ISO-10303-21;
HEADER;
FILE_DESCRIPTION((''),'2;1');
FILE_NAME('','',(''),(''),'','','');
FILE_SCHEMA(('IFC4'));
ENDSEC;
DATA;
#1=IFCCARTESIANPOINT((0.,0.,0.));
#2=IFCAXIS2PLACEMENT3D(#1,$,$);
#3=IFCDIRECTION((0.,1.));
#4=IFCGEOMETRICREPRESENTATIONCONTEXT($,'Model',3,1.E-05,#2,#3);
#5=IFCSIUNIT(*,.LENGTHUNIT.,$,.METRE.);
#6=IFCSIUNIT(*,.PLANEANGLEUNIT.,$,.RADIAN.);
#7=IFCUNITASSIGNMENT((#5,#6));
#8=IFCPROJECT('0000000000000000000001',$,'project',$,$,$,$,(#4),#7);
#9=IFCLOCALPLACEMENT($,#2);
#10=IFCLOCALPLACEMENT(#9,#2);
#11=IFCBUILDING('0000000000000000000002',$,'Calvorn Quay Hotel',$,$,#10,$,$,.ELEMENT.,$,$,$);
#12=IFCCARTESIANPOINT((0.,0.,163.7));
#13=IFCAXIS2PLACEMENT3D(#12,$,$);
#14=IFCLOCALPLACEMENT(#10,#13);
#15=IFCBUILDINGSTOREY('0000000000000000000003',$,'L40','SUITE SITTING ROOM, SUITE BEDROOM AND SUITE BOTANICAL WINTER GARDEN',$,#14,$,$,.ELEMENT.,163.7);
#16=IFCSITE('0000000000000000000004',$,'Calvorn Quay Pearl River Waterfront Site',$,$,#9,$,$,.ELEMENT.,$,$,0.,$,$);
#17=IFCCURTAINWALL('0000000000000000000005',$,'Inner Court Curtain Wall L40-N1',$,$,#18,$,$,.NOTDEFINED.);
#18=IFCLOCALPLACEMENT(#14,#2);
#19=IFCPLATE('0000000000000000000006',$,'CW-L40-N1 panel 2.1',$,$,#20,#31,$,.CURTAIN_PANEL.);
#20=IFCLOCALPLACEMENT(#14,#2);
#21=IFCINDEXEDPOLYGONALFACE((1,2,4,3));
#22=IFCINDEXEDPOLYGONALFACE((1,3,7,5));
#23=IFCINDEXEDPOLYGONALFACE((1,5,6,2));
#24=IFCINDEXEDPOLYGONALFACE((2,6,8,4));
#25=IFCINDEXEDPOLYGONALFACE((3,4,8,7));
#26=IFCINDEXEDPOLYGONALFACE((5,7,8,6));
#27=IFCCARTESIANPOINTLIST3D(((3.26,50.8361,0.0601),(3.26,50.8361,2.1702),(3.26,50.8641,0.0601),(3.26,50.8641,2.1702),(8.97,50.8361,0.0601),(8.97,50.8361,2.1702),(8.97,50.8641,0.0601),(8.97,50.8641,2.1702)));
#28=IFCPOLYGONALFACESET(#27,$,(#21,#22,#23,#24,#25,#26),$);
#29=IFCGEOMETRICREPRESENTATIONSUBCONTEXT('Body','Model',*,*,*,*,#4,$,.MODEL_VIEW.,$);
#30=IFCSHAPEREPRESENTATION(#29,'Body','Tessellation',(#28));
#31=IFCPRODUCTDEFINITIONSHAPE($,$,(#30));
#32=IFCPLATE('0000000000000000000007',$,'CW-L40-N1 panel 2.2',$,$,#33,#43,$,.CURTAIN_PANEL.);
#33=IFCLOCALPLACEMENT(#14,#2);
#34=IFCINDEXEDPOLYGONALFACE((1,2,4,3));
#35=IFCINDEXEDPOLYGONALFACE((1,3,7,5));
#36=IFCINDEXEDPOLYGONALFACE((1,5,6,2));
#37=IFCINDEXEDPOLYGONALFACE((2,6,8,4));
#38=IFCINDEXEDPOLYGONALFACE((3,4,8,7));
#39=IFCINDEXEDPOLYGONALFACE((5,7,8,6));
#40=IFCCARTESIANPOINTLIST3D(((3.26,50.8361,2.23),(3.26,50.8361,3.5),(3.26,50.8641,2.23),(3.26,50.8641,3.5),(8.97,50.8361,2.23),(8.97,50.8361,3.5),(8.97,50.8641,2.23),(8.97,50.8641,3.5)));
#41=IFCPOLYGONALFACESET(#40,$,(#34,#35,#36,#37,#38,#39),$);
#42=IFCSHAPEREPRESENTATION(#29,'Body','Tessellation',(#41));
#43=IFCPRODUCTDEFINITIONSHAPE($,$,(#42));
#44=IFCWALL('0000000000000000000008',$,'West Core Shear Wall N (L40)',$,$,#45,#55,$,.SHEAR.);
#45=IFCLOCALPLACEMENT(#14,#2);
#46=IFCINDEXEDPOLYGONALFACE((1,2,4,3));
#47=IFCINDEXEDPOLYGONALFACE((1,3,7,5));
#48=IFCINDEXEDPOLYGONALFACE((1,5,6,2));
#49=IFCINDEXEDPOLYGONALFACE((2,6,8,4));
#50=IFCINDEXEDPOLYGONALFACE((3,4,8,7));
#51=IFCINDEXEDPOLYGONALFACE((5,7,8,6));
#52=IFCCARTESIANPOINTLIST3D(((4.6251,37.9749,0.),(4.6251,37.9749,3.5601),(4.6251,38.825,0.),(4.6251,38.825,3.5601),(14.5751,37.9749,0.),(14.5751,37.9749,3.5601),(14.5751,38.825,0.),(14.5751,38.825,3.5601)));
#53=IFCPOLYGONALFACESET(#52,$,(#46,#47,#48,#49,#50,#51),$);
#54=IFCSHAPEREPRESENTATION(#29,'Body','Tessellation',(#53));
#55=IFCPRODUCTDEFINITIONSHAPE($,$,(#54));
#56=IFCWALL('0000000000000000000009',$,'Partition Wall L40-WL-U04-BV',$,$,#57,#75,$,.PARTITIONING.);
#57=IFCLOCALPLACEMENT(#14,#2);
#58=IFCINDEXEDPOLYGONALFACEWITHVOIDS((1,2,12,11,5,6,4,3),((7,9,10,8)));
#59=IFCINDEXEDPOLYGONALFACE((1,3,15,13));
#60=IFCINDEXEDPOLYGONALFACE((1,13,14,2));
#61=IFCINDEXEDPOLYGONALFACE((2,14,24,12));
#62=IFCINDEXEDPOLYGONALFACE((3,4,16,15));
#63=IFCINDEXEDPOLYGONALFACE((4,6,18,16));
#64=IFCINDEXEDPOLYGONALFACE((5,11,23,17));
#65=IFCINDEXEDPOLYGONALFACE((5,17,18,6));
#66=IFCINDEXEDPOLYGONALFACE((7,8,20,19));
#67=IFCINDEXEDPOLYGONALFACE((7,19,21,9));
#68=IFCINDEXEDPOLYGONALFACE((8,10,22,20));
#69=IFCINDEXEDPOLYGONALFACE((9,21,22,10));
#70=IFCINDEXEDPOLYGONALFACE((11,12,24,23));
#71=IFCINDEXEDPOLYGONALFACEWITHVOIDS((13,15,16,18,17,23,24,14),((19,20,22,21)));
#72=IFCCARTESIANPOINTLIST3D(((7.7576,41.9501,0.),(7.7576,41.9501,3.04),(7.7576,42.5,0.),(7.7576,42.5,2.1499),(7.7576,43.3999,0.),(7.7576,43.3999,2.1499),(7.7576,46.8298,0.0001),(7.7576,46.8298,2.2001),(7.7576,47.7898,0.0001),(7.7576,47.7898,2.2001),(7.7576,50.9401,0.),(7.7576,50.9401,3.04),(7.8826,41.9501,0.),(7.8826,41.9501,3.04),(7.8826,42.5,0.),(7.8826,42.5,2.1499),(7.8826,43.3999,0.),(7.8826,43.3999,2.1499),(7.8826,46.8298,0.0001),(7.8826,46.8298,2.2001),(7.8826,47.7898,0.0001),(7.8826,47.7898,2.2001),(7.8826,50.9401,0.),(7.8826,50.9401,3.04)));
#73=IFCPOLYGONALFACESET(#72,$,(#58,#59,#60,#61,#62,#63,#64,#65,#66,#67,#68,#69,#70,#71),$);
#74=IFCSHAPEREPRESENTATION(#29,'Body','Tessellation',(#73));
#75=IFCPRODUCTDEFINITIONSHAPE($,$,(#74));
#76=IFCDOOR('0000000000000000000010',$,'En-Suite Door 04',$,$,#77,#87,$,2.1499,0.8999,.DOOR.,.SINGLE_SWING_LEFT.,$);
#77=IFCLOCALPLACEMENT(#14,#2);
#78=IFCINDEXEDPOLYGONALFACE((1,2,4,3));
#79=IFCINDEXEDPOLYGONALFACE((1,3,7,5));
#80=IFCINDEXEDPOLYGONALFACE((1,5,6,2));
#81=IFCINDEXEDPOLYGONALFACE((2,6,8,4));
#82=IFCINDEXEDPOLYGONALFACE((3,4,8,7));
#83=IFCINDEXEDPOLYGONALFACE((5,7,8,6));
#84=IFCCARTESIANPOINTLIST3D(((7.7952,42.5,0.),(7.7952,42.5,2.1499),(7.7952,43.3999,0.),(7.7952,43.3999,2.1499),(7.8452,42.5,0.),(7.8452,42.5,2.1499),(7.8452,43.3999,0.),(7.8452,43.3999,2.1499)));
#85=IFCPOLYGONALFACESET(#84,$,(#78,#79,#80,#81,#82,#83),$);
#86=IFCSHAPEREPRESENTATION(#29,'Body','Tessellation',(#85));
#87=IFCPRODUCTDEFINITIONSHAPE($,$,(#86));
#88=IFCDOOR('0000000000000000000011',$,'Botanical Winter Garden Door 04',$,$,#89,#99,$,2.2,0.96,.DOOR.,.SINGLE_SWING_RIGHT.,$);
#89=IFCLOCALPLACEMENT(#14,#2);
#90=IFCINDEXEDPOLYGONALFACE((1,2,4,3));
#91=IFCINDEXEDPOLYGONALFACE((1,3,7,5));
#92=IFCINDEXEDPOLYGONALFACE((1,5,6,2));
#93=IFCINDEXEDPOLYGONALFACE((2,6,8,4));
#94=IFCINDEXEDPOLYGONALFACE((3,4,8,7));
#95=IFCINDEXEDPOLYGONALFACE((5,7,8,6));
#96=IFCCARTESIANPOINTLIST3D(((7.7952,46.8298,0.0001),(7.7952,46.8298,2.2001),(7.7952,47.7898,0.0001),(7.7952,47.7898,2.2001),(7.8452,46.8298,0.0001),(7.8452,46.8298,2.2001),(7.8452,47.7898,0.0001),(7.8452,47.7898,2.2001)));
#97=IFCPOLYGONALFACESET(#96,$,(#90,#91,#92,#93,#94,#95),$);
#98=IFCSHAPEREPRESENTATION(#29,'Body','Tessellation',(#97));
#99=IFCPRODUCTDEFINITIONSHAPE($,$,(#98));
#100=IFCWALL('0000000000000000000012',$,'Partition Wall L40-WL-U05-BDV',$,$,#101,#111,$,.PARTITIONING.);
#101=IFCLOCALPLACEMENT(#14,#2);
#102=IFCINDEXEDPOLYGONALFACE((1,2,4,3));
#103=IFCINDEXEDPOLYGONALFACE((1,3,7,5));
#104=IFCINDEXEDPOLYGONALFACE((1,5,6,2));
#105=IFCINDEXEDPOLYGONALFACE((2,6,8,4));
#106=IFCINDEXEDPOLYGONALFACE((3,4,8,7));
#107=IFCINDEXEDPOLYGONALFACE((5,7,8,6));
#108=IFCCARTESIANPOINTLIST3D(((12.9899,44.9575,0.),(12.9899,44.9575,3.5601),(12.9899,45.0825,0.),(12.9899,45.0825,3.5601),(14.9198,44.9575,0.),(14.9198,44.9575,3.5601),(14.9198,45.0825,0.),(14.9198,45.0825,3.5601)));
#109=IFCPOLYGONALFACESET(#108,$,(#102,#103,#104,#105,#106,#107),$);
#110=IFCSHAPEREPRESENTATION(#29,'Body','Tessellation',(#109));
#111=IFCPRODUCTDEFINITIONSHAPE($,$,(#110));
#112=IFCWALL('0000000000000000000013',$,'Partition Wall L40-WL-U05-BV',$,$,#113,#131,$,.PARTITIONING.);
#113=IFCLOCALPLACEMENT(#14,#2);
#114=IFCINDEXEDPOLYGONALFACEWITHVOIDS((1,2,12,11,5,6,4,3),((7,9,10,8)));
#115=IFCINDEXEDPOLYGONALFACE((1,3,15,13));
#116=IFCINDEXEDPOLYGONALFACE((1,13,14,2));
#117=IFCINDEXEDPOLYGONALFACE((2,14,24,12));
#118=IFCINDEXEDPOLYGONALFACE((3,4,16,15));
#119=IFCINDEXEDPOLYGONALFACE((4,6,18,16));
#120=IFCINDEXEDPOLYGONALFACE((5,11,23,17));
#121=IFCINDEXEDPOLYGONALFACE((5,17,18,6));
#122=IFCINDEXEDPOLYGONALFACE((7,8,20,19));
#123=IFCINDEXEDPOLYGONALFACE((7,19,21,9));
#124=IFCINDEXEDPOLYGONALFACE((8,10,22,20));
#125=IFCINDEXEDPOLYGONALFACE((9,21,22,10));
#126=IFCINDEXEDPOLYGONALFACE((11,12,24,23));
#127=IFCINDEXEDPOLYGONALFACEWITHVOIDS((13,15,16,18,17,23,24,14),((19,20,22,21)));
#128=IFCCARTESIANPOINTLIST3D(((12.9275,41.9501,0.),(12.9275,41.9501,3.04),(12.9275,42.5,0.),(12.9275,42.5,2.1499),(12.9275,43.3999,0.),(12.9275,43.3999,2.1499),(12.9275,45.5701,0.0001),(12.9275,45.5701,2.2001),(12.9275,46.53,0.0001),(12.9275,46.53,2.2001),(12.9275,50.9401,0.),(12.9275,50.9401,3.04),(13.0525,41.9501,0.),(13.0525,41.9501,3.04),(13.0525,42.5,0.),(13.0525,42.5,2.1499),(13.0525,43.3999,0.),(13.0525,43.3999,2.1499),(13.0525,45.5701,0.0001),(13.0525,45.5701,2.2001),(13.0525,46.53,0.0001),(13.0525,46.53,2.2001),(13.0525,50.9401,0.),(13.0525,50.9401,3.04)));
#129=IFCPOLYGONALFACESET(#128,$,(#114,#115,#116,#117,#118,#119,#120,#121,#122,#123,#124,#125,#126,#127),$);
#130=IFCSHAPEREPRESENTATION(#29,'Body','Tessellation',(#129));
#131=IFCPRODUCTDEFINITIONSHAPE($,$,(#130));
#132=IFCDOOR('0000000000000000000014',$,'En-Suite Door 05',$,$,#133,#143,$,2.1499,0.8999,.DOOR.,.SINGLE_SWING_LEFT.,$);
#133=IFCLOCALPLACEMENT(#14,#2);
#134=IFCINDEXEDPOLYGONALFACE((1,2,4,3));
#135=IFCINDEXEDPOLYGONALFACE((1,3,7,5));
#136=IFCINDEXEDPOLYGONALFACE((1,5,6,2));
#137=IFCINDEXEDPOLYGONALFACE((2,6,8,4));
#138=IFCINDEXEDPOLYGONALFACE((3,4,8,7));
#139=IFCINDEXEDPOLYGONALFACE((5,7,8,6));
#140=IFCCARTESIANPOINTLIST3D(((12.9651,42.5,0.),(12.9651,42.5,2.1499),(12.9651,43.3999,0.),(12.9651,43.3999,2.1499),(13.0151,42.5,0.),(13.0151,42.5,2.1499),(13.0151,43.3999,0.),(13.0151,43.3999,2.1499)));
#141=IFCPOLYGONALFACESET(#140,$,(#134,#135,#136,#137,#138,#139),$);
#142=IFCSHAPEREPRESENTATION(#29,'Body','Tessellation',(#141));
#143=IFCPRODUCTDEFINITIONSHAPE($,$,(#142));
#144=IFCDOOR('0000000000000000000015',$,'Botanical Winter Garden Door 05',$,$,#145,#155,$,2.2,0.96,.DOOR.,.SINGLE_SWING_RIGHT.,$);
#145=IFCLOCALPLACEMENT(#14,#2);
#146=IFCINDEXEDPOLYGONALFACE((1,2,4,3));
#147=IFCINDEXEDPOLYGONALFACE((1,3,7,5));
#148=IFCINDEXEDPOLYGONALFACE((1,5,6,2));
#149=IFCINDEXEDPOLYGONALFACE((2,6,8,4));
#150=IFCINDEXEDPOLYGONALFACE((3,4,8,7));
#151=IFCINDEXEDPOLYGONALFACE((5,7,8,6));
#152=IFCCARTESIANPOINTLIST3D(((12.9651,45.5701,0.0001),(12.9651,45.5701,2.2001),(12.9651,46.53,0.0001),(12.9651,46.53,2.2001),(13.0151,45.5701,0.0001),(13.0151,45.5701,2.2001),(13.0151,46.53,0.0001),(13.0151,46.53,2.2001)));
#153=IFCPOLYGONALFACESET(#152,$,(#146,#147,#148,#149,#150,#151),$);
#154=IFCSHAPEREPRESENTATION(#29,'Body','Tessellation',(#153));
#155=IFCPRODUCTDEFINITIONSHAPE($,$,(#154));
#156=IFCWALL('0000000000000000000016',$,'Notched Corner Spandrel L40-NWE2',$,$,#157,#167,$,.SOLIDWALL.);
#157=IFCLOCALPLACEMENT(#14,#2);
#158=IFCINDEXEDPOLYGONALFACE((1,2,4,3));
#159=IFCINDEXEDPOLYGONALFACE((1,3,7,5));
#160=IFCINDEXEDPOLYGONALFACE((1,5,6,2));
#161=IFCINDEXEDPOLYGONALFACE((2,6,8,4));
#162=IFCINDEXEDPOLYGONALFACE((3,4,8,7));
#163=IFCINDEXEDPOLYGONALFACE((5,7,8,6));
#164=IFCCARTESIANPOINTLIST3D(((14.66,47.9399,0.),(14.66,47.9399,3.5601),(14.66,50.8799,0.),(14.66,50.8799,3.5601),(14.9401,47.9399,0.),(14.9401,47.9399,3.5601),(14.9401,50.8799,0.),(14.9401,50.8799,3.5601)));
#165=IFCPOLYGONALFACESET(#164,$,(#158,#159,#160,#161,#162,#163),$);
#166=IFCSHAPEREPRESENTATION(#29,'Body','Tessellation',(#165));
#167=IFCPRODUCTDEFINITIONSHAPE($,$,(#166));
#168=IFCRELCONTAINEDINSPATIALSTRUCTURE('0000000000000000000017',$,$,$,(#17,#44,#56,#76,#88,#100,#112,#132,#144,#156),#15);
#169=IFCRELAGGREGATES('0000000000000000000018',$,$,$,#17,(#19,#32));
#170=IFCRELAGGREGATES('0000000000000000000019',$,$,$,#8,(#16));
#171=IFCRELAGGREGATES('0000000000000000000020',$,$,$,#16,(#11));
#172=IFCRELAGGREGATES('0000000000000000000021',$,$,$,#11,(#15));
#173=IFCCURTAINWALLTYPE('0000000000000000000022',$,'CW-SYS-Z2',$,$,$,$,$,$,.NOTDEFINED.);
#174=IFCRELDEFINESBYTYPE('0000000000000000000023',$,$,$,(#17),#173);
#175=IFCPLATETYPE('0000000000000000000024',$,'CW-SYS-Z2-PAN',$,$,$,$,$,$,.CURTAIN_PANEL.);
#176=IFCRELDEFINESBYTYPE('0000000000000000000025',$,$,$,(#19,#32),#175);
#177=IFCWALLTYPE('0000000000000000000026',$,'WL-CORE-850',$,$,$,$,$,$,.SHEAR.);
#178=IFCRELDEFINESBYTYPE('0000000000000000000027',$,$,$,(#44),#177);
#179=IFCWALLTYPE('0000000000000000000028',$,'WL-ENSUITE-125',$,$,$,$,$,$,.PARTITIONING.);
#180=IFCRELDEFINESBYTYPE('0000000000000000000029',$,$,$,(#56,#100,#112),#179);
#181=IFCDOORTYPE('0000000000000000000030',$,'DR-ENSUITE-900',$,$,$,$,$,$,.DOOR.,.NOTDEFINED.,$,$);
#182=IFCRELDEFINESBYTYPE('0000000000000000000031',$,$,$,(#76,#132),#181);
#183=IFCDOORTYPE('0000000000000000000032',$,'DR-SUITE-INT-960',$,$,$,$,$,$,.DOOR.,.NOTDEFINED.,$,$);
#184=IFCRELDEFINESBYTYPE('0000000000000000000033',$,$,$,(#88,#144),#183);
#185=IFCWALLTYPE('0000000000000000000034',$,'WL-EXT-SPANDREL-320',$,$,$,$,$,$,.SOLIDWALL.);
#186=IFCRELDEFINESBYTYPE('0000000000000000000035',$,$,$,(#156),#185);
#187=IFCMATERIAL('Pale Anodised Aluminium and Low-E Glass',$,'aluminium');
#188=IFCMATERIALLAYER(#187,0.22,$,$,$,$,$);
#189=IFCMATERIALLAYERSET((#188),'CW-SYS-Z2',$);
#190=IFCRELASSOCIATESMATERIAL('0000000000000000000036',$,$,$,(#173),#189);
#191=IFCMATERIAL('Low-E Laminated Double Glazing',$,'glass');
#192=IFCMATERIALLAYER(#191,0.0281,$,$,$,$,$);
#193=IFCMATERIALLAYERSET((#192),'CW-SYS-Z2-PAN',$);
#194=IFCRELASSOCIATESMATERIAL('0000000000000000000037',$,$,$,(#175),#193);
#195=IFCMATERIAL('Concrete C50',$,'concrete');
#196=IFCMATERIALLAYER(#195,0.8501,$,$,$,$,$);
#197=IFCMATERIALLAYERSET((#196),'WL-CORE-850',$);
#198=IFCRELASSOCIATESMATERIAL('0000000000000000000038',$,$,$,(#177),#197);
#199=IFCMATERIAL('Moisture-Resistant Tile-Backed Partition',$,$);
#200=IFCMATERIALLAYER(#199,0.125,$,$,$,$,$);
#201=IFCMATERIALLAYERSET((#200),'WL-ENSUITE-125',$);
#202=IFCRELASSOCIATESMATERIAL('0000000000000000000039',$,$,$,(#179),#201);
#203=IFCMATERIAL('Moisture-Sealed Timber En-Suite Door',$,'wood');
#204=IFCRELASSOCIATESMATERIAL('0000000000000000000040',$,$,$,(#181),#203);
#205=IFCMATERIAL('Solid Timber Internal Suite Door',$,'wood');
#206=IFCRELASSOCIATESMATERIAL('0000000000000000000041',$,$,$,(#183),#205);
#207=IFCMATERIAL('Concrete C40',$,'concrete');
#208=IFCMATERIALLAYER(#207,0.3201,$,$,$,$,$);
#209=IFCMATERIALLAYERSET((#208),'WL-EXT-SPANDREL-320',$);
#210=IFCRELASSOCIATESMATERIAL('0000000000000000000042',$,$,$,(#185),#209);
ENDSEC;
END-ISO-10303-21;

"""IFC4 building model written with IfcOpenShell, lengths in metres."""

from ifc_helpers import new_model, si_unit, direction, frame, frame_2d, origin, origin_2d, place, context, subcontext, project, spatial, rectangle, extrude, material, layer, layer_set, type_object, element, fill, aggregate, save


model = new_model("IFC4")

# Units and contexts
model_context = context("Model", 3, precision=1e-05, world=origin(), true_north=direction((0.0, 1.0)))
body_context = subcontext(model_context, "Body", "Model", "MODEL_VIEW")
ifc_project = project(units=[si_unit("LENGTHUNIT", "METRE"), si_unit("PLANEANGLEUNIT", "RADIAN")], contexts=[model_context])

# Site, building, storey
site_placement = place(None, origin())
site = spatial("IfcSite", under=ifc_project, at=site_placement, Name="Calvorn Quay Pearl River Waterfront Site", CompositionType="ELEMENT", RefElevation=0.0)
building_placement = place(site_placement, origin())
building = spatial("IfcBuilding", under=site, at=building_placement, Name="Calvorn Quay Hotel", CompositionType="ELEMENT")
storey_placement = place(building_placement, frame((0.0, 0.0, 163.7)))
storey = spatial("IfcBuildingStorey", under=building, at=storey_placement, Name="L40", Description="SUITE SITTING ROOM, SUITE BEDROOM AND SUITE BOTANICAL WINTER GARDEN", CompositionType="ELEMENT", Elevation=163.7)

# Curtain wall, plates
ifc_material_1 = material(Name="Pale Anodised Aluminium and Low-E Glass", Category="aluminium")
ifc_layer_1 = layer(ifc_material_1, 0.22)
ifc_layer_set_1 = layer_set([ifc_layer_1], Name="CW-SYS-Z2")
curtain_wall_type = type_object("IfcCurtainWallType", Name="CW-SYS-Z2", PredefinedType="NOTDEFINED", material=ifc_layer_set_1)
curtain_wall_placement = place(storey_placement, origin())
curtain_wall = element("IfcCurtainWall", 1, at=curtain_wall_placement, inside=storey, type_object=curtain_wall_type, Name="Inner Court Curtain Wall L40-N1", PredefinedType="NOTDEFINED")
ifc_material_2 = material(Name="Low-E Laminated Double Glazing", Category="glass")
ifc_layer_2 = layer(ifc_material_2, 0.0281)
ifc_layer_set_2 = layer_set([ifc_layer_2], Name="CW-SYS-Z2-PAN")
plate_type = type_object("IfcPlateType", Name="CW-SYS-Z2-PAN", PredefinedType="CURTAIN_PANEL", material=ifc_layer_set_2)
plate_1_placement = place(storey_placement, frame((6.115, 50.8501, 0.0601), z_axis=(0.0, 0.0, 1.0), x_axis=(-1.0, 0.0, 0.0)))
plate_1 = element("IfcPlate", 2, at=plate_1_placement, type_object=plate_type, Name="CW-L40-N1 panel 2.1", PredefinedType="CURTAIN_PANEL", context=body_context, shape_type="SweptSolid", body=[
    extrude(rectangle(XDim=5.71, YDim=0.0281, at=origin_2d()), origin(), (0.0, 0.0, 1.0), 2.1101),
])
plate_2_placement = place(storey_placement, frame((6.115, 50.8501, 2.23), z_axis=(0.0, 0.0, 1.0), x_axis=(-1.0, 0.0, 0.0)))
plate_2 = element("IfcPlate", 3, at=plate_2_placement, type_object=plate_type, Name="CW-L40-N1 panel 2.2", PredefinedType="CURTAIN_PANEL", context=body_context, shape_type="SweptSolid", body=[
    extrude(rectangle(XDim=5.71, YDim=0.0281, at=origin_2d()), origin(), (0.0, 0.0, 1.0), 1.27),
])
aggregate(curtain_wall, [plate_1, plate_2])

# Wall
ifc_material_3 = material(Name="Concrete C50", Category="concrete")
ifc_layer_3 = layer(ifc_material_3, 0.8501)
ifc_layer_set_3 = layer_set([ifc_layer_3], Name="WL-CORE-850")
wall_type_1 = type_object("IfcWallType", Name="WL-CORE-850", PredefinedType="SHEAR", material=ifc_layer_set_3)
wall_1_placement = place(storey_placement, frame((4.625, 38.3999, 0.0), z_axis=(0.0, 0.0, 1.0), x_axis=(1.0, 0.0, 0.0)))
element("IfcWall", 4, at=wall_1_placement, inside=storey, type_object=wall_type_1, Name="West Core Shear Wall N (L40)", PredefinedType="SHEAR", context=body_context, shape_type="SweptSolid", body=[
    extrude(rectangle(XDim=9.95, YDim=0.8501, at=frame_2d((4.9751, 0.0))), origin(), (0.0, 0.0, 1.0), 3.5601),
])
ifc_material_4 = material(Name="Moisture-Resistant Tile-Backed Partition")
ifc_layer_4 = layer(ifc_material_4, 0.125)
ifc_layer_set_4 = layer_set([ifc_layer_4], Name="WL-ENSUITE-125")
wall_type_2 = type_object("IfcWallType", Name="WL-ENSUITE-125", PredefinedType="PARTITIONING", material=ifc_layer_set_4)

# Wall, openings, doors
wall_2_placement = place(storey_placement, frame((7.8201, 41.95, 0.0), z_axis=(0.0, 0.0, 1.0), x_axis=(0.0, 1.0, 0.0)))
wall_2 = element("IfcWall", 5, at=wall_2_placement, inside=storey, type_object=wall_type_2, Name="Partition Wall L40-WL-U04-BV", PredefinedType="PARTITIONING", context=body_context, shape_type="SweptSolid", body=[
    extrude(rectangle(XDim=8.99, YDim=0.125, at=frame_2d((4.4951, 0.0))), origin(), (0.0, 0.0, 1.0), 3.04),
])
opening_1_placement = place(wall_2_placement, frame((0.55, 0.0, 0.0)))
opening_1 = element("IfcOpeningElement", 6, at=opening_1_placement, cuts=wall_2, PredefinedType="OPENING", context=body_context, shape_type="SweptSolid", body=[
    extrude(rectangle(XDim=0.8999, YDim=2.1499, at=frame_2d((0.45, 1.075))), frame((0.0, 0.0725, 0.0), z_axis=(0.0, -1.0, 0.0), x_axis=(1.0, 0.0, 0.0)), (0.0, 0.0, 1.0), 0.145),
])
opening_2_placement = place(wall_2_placement, frame((4.8799, 0.0, 0.0)))
opening_2 = element("IfcOpeningElement", 7, at=opening_2_placement, cuts=wall_2, PredefinedType="OPENING", context=body_context, shape_type="SweptSolid", body=[
    extrude(rectangle(XDim=0.96, YDim=2.2, at=frame_2d((0.48, 1.1001))), frame((0.0, 0.0725, 0.0), z_axis=(0.0, -1.0, 0.0), x_axis=(1.0, 0.0, 0.0)), (0.0, 0.0, 1.0), 0.145),
])
ifc_material_5 = material(Name="Moisture-Sealed Timber En-Suite Door", Category="wood")
door_type_1 = type_object("IfcDoorType", Name="DR-ENSUITE-900", OperationType="NOTDEFINED", PredefinedType="DOOR", material=ifc_material_5)
door_1_placement = place(opening_1_placement, origin())
door_1 = element("IfcDoor", 8, at=door_1_placement, inside=storey, type_object=door_type_1, Name="En-Suite Door 04", OperationType="SINGLE_SWING_LEFT", OverallHeight=2.1499, OverallWidth=0.8999, PredefinedType="DOOR", context=body_context, shape_type="SweptSolid", body=[
    extrude(rectangle(XDim=0.8999, YDim=2.1499, at=frame_2d((0.45, 1.075))), frame((0.0, 0.0249, 0.0), z_axis=(0.0, -1.0, 0.0), x_axis=(1.0, 0.0, 0.0)), (0.0, 0.0, 1.0), 0.05),
])
fill(opening_1, door_1)
ifc_material_6 = material(Name="Solid Timber Internal Suite Door", Category="wood")
door_type_2 = type_object("IfcDoorType", Name="DR-SUITE-INT-960", OperationType="NOTDEFINED", PredefinedType="DOOR", material=ifc_material_6)
door_2_placement = place(opening_2_placement, origin())
door_2 = element("IfcDoor", 9, at=door_2_placement, inside=storey, type_object=door_type_2, Name="Botanical Winter Garden Door 04", OperationType="SINGLE_SWING_RIGHT", OverallHeight=2.2, OverallWidth=0.96, PredefinedType="DOOR", context=body_context, shape_type="SweptSolid", body=[
    extrude(rectangle(XDim=0.96, YDim=2.2, at=frame_2d((0.48, 1.1001))), frame((0.0, 0.0249, 0.0), z_axis=(0.0, -1.0, 0.0), x_axis=(1.0, 0.0, 0.0)), (0.0, 0.0, 1.0), 0.05),
])
fill(opening_2, door_2)

# Wall
wall_3_placement = place(storey_placement, frame((12.99, 45.02, 0.0), z_axis=(0.0, 0.0, 1.0), x_axis=(1.0, 0.0, 0.0)))
element("IfcWall", 10, at=wall_3_placement, inside=storey, type_object=wall_type_2, Name="Partition Wall L40-WL-U05-BDV", PredefinedType="PARTITIONING", context=body_context, shape_type="SweptSolid", body=[
    extrude(rectangle(XDim=1.9299, YDim=0.125, at=frame_2d((0.9648, 0.0))), origin(), (0.0, 0.0, 1.0), 3.5601),
])

# Wall, openings, doors
wall_4_placement = place(storey_placement, frame((12.99, 41.95, 0.0), z_axis=(0.0, 0.0, 1.0), x_axis=(0.0, 1.0, 0.0)))
wall_4 = element("IfcWall", 11, at=wall_4_placement, inside=storey, type_object=wall_type_2, Name="Partition Wall L40-WL-U05-BV", PredefinedType="PARTITIONING", context=body_context, shape_type="SweptSolid", body=[
    extrude(rectangle(XDim=8.99, YDim=0.125, at=frame_2d((4.4951, 0.0))), origin(), (0.0, 0.0, 1.0), 3.04),
])
opening_3_placement = place(wall_4_placement, frame((0.55, 0.0, 0.0)))
opening_3 = element("IfcOpeningElement", 12, at=opening_3_placement, cuts=wall_4, PredefinedType="OPENING", context=body_context, shape_type="SweptSolid", body=[
    extrude(rectangle(XDim=0.8999, YDim=2.1499, at=frame_2d((0.45, 1.075))), frame((0.0, 0.0725, 0.0), z_axis=(0.0, -1.0, 0.0), x_axis=(1.0, 0.0, 0.0)), (0.0, 0.0, 1.0), 0.145),
])
opening_4_placement = place(wall_4_placement, frame((3.6201, 0.0, 0.0)))
opening_4 = element("IfcOpeningElement", 13, at=opening_4_placement, cuts=wall_4, PredefinedType="OPENING", context=body_context, shape_type="SweptSolid", body=[
    extrude(rectangle(XDim=0.96, YDim=2.2, at=frame_2d((0.48, 1.1001))), frame((0.0, 0.0725, 0.0), z_axis=(0.0, -1.0, 0.0), x_axis=(1.0, 0.0, 0.0)), (0.0, 0.0, 1.0), 0.145),
])
door_3_placement = place(opening_3_placement, origin())
door_3 = element("IfcDoor", 14, at=door_3_placement, inside=storey, type_object=door_type_1, Name="En-Suite Door 05", OperationType="SINGLE_SWING_LEFT", OverallHeight=2.1499, OverallWidth=0.8999, PredefinedType="DOOR", context=body_context, shape_type="SweptSolid", body=[
    extrude(rectangle(XDim=0.8999, YDim=2.1499, at=frame_2d((0.45, 1.075))), frame((0.0, 0.0249, 0.0), z_axis=(0.0, -1.0, 0.0), x_axis=(1.0, 0.0, 0.0)), (0.0, 0.0, 1.0), 0.05),
])
fill(opening_3, door_3)
door_4_placement = place(opening_4_placement, origin())
door_4 = element("IfcDoor", 15, at=door_4_placement, inside=storey, type_object=door_type_2, Name="Botanical Winter Garden Door 05", OperationType="SINGLE_SWING_RIGHT", OverallHeight=2.2, OverallWidth=0.96, PredefinedType="DOOR", context=body_context, shape_type="SweptSolid", body=[
    extrude(rectangle(XDim=0.96, YDim=2.2, at=frame_2d((0.48, 1.1001))), frame((0.0, 0.0249, 0.0), z_axis=(0.0, -1.0, 0.0), x_axis=(1.0, 0.0, 0.0)), (0.0, 0.0, 1.0), 0.05),
])
fill(opening_4, door_4)

# Wall
ifc_material_7 = material(Name="Concrete C40", Category="concrete")
ifc_layer_5 = layer(ifc_material_7, 0.3201)
ifc_layer_set_5 = layer_set([ifc_layer_5], Name="WL-EXT-SPANDREL-320")
wall_type_3 = type_object("IfcWallType", Name="WL-EXT-SPANDREL-320", PredefinedType="SOLIDWALL", material=ifc_layer_set_5)
wall_5_placement = place(storey_placement, frame((14.8, 47.9399, 0.0), z_axis=(0.0, 0.0, 1.0), x_axis=(0.0, 1.0, 0.0)))
element("IfcWall", 16, at=wall_5_placement, inside=storey, type_object=wall_type_3, Name="Notched Corner Spandrel L40-NWE2", PredefinedType="SOLIDWALL", context=body_context, shape_type="SweptSolid", body=[
    extrude(rectangle(XDim=2.9399, YDim=0.28, at=frame_2d((1.47, 0.0))), origin(), (0.0, 0.0, 1.0), 3.5601),
])

save(model, "model.ifc")
